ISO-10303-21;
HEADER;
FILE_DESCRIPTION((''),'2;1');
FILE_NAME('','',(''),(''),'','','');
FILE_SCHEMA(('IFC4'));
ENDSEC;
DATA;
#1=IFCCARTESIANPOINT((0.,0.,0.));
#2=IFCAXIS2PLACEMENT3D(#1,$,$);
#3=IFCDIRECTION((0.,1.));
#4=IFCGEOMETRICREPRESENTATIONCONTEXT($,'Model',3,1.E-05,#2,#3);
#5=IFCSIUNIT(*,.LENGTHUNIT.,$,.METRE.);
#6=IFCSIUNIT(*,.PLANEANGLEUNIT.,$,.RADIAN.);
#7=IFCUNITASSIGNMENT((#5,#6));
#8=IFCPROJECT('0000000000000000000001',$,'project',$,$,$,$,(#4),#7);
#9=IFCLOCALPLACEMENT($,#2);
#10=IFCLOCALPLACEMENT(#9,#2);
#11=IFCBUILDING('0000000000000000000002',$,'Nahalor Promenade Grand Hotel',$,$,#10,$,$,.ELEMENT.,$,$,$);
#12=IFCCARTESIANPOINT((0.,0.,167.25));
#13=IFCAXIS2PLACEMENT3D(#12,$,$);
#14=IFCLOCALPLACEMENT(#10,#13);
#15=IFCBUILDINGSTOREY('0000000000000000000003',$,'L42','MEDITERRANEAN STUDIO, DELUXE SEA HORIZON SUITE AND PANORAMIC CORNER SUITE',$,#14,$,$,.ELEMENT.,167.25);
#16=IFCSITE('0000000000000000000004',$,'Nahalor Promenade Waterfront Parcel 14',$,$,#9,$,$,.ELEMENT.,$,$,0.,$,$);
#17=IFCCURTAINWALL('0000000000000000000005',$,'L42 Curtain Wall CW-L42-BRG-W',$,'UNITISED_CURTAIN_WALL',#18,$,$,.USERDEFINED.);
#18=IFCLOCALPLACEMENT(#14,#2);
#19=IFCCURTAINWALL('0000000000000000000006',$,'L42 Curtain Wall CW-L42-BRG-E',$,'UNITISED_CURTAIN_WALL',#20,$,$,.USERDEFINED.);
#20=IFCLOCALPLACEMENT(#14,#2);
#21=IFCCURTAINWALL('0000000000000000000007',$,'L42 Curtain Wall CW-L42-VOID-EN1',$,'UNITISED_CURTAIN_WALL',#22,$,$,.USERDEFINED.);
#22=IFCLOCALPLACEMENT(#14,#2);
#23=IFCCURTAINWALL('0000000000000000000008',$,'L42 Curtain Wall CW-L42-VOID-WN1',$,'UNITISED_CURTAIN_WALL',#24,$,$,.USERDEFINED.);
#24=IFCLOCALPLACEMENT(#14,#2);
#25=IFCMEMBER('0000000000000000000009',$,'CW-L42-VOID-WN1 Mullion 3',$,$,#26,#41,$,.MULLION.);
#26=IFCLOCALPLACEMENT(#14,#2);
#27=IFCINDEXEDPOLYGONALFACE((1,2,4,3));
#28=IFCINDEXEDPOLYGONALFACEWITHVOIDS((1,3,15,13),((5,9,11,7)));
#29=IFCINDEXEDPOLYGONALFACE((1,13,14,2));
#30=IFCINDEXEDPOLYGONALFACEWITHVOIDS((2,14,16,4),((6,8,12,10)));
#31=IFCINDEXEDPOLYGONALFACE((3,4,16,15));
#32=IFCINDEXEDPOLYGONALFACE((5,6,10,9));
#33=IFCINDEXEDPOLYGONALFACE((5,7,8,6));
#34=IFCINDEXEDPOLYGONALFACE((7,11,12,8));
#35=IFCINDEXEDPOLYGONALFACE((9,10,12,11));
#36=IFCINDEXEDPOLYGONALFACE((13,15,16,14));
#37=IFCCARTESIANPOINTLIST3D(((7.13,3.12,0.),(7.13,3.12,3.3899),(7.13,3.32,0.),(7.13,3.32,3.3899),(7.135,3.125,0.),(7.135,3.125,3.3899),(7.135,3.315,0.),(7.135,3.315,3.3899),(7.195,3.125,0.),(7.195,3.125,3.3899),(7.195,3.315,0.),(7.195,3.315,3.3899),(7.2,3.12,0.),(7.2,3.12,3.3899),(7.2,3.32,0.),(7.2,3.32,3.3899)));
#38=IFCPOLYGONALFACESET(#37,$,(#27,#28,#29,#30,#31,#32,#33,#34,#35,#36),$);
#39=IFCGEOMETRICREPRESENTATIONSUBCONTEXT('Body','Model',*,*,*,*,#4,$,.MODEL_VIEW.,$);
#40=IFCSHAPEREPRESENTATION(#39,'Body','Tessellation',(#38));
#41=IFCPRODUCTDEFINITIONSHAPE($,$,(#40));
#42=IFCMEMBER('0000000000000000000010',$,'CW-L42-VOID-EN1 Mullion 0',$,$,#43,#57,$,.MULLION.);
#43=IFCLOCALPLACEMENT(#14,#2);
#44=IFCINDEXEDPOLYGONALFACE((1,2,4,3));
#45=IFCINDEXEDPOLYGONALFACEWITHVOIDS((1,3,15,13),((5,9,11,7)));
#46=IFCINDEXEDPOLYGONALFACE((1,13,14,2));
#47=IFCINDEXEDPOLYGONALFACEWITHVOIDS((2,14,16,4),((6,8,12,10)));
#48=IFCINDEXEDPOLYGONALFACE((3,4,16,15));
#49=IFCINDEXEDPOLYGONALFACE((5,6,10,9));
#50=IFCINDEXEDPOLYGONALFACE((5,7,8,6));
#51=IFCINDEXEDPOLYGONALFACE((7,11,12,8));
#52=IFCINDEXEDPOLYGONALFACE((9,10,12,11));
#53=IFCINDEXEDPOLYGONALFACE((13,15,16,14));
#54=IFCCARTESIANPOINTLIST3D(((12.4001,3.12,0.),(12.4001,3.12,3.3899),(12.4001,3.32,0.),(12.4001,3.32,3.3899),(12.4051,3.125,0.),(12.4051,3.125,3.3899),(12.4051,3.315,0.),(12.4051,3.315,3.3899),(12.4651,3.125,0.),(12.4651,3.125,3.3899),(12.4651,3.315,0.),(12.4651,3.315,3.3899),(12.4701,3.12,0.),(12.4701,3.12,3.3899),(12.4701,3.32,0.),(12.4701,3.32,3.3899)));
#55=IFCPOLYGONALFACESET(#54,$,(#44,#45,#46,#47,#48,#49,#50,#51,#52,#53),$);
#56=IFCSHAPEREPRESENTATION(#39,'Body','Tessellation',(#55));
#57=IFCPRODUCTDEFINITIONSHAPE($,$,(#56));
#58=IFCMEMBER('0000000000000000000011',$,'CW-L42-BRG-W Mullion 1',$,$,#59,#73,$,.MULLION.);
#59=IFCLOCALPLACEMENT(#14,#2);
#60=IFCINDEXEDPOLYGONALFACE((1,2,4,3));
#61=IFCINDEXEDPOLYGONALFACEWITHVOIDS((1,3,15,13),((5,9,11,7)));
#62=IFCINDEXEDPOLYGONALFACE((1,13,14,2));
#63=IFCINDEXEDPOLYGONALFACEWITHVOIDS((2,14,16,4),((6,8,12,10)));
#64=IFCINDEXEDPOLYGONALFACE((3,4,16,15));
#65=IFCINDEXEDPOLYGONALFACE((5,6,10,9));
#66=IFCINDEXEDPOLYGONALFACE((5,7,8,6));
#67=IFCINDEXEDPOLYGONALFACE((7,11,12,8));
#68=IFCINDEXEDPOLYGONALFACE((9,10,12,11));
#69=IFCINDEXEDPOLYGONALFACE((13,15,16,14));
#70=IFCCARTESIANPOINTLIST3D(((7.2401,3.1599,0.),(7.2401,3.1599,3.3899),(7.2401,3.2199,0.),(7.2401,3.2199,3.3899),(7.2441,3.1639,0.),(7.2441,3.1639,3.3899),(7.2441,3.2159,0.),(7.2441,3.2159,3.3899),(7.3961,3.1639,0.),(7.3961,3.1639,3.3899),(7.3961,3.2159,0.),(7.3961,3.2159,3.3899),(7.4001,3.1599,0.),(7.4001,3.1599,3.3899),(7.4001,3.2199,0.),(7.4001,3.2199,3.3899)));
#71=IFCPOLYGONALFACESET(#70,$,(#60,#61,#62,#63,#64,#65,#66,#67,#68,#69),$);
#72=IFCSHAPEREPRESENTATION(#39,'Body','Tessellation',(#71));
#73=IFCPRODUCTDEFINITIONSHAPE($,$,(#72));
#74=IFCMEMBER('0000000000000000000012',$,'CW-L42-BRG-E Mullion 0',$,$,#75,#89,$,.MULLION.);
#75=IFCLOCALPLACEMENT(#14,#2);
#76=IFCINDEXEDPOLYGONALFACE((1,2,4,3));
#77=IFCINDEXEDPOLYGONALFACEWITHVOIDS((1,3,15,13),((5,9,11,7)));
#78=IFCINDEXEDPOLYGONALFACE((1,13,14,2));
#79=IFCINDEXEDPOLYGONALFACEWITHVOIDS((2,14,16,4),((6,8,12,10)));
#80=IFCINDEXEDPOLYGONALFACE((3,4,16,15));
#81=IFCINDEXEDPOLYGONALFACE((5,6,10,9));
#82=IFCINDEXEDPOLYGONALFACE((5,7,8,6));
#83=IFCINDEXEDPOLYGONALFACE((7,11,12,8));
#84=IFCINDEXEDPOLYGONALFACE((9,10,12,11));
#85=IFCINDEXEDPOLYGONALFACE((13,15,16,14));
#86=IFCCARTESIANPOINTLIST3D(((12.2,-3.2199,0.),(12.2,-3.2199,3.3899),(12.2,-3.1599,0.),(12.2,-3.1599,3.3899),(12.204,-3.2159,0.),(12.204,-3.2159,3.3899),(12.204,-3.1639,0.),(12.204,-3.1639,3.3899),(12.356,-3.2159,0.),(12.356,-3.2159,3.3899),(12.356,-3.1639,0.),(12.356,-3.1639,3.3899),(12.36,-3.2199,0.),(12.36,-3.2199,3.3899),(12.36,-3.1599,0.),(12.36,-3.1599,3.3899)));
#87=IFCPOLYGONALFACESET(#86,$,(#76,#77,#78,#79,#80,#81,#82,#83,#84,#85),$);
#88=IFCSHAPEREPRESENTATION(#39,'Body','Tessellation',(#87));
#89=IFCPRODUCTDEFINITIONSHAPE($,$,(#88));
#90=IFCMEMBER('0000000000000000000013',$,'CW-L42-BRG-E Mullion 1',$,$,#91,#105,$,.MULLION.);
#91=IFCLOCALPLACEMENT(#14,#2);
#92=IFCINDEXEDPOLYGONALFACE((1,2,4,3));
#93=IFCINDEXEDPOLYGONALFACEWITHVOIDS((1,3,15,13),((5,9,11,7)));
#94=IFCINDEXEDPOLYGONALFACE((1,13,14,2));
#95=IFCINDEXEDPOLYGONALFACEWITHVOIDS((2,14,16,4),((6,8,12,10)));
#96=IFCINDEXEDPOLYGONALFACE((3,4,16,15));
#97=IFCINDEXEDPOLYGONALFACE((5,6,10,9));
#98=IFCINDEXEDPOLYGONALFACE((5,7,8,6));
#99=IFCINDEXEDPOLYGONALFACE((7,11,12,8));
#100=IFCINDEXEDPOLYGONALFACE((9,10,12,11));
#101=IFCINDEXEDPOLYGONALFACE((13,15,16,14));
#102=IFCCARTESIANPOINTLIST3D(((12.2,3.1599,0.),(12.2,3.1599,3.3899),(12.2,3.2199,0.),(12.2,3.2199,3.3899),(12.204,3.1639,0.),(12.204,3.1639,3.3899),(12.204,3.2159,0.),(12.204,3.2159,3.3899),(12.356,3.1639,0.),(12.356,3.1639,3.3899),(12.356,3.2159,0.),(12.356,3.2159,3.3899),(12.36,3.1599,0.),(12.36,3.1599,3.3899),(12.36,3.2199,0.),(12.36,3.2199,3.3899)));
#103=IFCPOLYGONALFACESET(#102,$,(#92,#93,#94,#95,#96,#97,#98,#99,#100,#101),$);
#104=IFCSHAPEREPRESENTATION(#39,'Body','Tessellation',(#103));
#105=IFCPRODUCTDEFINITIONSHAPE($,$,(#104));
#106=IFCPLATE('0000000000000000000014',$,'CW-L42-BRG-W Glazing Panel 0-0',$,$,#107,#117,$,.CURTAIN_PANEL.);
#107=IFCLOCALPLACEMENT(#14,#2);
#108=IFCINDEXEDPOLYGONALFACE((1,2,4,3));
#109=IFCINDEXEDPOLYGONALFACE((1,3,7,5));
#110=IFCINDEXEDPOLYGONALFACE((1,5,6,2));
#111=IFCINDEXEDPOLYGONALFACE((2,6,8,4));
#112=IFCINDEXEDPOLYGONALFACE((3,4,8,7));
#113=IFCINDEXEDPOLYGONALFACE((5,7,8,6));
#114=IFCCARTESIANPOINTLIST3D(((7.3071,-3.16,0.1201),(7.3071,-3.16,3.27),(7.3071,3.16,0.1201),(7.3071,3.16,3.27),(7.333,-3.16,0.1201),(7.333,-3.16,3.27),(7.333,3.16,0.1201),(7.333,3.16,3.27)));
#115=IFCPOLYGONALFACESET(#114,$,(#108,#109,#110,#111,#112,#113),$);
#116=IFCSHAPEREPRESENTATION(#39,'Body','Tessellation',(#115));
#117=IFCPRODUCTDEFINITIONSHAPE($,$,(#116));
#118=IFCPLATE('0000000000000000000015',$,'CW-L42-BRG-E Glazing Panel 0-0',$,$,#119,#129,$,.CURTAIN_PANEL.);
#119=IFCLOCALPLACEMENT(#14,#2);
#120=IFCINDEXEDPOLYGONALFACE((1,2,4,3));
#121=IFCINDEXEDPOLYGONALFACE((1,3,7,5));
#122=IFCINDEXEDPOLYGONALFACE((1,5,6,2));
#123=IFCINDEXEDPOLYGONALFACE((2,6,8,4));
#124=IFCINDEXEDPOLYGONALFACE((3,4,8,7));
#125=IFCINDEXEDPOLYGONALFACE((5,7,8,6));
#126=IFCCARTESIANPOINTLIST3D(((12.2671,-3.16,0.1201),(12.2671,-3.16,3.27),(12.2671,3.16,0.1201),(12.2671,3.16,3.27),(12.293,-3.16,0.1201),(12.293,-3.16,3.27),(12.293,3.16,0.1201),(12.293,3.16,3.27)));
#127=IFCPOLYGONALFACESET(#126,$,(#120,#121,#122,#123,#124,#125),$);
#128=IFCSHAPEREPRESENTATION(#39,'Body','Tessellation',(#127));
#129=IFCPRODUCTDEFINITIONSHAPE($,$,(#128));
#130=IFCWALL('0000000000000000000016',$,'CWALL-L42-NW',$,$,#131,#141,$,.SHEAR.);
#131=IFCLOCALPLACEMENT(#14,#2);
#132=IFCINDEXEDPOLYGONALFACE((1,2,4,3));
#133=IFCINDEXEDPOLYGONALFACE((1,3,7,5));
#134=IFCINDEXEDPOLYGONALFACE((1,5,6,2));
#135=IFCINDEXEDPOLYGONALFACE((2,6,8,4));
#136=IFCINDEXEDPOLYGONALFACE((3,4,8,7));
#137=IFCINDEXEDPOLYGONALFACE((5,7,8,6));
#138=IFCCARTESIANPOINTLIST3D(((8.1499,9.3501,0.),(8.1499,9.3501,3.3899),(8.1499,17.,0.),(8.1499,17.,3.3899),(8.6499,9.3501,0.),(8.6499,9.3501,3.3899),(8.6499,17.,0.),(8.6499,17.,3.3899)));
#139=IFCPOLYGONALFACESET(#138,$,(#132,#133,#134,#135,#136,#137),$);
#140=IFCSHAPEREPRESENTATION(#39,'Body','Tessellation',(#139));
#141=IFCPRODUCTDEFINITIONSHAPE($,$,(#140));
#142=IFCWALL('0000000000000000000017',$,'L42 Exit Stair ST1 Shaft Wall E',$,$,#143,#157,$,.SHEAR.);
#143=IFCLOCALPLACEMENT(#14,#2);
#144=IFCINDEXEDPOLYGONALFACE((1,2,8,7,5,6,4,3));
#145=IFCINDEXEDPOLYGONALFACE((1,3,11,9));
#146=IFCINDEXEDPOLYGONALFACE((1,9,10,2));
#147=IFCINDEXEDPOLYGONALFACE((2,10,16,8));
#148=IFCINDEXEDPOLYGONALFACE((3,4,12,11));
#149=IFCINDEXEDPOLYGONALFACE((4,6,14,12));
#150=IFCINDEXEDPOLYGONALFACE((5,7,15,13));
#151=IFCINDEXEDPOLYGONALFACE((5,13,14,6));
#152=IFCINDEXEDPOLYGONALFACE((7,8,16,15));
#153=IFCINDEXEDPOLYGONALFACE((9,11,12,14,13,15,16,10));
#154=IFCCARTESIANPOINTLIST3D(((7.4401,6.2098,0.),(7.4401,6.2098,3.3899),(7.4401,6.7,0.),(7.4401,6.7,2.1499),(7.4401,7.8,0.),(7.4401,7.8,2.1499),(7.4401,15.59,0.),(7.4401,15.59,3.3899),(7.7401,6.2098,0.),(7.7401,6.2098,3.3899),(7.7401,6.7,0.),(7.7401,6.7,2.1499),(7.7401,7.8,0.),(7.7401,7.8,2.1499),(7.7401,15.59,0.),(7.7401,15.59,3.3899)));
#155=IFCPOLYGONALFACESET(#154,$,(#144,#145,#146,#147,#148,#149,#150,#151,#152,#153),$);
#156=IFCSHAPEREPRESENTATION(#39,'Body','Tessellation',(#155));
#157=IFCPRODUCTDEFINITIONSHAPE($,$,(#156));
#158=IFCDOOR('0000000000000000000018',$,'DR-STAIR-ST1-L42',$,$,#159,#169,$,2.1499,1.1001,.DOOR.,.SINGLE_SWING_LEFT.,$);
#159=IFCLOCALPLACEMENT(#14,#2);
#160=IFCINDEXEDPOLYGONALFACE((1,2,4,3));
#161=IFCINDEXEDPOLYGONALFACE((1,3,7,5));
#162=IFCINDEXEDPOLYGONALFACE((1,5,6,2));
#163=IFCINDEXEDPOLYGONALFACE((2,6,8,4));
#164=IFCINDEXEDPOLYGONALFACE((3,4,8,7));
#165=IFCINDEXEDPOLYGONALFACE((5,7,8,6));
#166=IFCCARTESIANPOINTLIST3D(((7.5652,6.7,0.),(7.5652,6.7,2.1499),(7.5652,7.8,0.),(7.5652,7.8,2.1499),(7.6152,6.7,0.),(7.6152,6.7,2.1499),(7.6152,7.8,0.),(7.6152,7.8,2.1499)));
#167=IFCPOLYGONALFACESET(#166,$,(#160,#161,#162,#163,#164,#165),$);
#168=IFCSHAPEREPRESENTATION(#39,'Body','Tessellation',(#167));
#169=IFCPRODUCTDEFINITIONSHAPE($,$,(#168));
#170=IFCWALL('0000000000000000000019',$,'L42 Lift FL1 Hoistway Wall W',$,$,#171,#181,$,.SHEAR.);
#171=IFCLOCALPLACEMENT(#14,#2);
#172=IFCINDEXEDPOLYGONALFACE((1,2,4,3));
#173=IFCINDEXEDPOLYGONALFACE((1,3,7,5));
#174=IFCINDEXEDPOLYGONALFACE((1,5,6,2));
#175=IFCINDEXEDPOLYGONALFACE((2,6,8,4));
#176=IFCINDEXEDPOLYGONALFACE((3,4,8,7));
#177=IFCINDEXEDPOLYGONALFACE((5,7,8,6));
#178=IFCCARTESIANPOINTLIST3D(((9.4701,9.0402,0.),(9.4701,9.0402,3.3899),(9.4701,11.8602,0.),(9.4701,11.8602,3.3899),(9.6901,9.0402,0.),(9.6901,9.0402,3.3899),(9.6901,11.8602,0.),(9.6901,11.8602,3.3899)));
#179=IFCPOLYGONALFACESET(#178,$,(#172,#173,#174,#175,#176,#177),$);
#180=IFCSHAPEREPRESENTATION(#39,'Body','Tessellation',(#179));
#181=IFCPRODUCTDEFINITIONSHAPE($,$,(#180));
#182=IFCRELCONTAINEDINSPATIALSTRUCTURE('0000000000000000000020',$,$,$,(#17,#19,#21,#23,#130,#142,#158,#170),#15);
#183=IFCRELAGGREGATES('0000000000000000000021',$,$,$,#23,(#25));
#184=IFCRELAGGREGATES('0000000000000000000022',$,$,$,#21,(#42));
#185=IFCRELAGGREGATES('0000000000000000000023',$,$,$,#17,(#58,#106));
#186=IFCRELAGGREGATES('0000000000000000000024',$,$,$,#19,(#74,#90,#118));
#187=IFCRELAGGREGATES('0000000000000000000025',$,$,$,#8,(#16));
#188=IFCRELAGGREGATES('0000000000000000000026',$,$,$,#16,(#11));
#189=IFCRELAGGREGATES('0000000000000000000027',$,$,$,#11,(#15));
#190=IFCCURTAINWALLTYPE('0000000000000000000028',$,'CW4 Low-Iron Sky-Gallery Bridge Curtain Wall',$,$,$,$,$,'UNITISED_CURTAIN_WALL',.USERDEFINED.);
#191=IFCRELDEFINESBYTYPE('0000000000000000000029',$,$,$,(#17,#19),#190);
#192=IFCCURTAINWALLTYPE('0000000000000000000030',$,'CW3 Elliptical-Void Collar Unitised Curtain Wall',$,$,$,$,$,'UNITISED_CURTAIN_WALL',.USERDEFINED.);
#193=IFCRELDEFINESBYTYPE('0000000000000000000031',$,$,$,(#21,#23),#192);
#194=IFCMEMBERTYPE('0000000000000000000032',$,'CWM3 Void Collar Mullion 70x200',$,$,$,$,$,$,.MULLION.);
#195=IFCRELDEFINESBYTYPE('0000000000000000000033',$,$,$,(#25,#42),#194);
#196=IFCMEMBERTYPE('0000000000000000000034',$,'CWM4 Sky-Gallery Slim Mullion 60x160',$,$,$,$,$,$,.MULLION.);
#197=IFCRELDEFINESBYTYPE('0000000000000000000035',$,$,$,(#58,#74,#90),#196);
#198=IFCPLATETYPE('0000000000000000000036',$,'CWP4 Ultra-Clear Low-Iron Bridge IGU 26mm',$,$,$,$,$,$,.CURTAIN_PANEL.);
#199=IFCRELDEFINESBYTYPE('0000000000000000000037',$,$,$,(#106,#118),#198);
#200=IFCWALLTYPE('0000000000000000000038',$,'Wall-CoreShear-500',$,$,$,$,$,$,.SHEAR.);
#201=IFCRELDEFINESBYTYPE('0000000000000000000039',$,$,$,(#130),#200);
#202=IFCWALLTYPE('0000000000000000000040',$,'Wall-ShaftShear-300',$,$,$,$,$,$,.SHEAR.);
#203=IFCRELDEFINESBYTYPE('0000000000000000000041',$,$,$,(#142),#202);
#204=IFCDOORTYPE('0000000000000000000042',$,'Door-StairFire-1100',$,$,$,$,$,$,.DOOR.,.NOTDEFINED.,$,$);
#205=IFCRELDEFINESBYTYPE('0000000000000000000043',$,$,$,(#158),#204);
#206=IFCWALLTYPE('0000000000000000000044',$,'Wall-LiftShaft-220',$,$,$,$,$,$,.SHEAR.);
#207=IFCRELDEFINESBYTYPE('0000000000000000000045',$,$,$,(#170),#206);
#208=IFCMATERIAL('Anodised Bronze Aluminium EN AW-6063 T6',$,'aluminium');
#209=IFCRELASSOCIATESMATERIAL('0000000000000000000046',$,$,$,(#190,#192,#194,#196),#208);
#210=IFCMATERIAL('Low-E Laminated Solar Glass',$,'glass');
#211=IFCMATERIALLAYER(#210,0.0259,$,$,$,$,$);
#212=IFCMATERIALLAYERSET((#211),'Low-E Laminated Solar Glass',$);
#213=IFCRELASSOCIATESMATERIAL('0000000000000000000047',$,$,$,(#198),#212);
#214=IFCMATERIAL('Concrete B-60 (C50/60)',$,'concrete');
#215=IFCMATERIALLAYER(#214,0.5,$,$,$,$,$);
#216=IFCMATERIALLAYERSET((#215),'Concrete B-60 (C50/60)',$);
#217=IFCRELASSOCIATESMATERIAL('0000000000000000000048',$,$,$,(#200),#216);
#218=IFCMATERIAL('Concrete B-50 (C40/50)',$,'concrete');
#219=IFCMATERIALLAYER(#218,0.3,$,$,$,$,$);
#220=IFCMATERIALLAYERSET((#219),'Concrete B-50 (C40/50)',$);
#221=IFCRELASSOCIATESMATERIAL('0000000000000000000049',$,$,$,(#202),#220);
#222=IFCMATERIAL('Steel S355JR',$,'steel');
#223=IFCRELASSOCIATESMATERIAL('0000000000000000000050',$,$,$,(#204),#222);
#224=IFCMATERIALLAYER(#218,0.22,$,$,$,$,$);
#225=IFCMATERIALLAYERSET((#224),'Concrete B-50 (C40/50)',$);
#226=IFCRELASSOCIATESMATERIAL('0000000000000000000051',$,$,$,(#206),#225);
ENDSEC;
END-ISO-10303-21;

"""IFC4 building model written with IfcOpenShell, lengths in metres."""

from ifc_helpers import new_model, si_unit, direction, frame, frame_2d, origin, origin_2d, place, context, subcontext, project, spatial, rectangle, hollow_rectangle, extrude, source, transform, mapped, material, layer, layer_set, material_profile, profile_set, type_object, element, fill, aggregate, save


model = new_model("IFC4")

# Units and contexts
model_context = context("Model", 3, precision=1e-05, world=origin(), true_north=direction((0.0, 1.0)))
body_context = subcontext(model_context, "Body", "Model", "MODEL_VIEW")
ifc_project = project(units=[si_unit("LENGTHUNIT", "METRE"), si_unit("PLANEANGLEUNIT", "RADIAN")], contexts=[model_context])

# Site, building, storey
site_placement = place(None, origin())
site = spatial("IfcSite", under=ifc_project, at=site_placement, Name="Nahalor Promenade Waterfront Parcel 14", CompositionType="ELEMENT", RefElevation=0.0)
building_placement = place(site_placement, origin())
building = spatial("IfcBuilding", under=site, at=building_placement, Name="Nahalor Promenade Grand Hotel", CompositionType="ELEMENT")
storey_placement = place(building_placement, frame((0.0, 0.0, 167.25)))
storey = spatial("IfcBuildingStorey", under=building, at=storey_placement, Name="L42", Description="MEDITERRANEAN STUDIO, DELUXE SEA HORIZON SUITE AND PANORAMIC CORNER SUITE", CompositionType="ELEMENT", Elevation=167.25)

# Shared definitions
ifc_material_1 = material(Name="Steel S355JR", Category="steel")

# Curtain walls
ifc_material_2 = material(Name="Anodised Bronze Aluminium EN AW-6063 T6", Category="aluminium")
curtain_wall_type_1 = type_object("IfcCurtainWallType", Name="CW4 Low-Iron Sky-Gallery Bridge Curtain Wall", ElementType="UNITISED_CURTAIN_WALL", PredefinedType="USERDEFINED", material=ifc_material_2)
curtain_wall_1_placement = place(storey_placement, origin())
curtain_wall_1 = element("IfcCurtainWall", 1, at=curtain_wall_1_placement, inside=storey, type_object=curtain_wall_type_1, Name="L42 Curtain Wall CW-L42-BRG-W", ObjectType="UNITISED_CURTAIN_WALL", PredefinedType="USERDEFINED")
curtain_wall_2_placement = place(storey_placement, origin())
curtain_wall_2 = element("IfcCurtainWall", 2, at=curtain_wall_2_placement, inside=storey, type_object=curtain_wall_type_1, Name="L42 Curtain Wall CW-L42-BRG-E", ObjectType="UNITISED_CURTAIN_WALL", PredefinedType="USERDEFINED")
curtain_wall_type_2 = type_object("IfcCurtainWallType", Name="CW3 Elliptical-Void Collar Unitised Curtain Wall", ElementType="UNITISED_CURTAIN_WALL", PredefinedType="USERDEFINED", material=ifc_material_2)
curtain_wall_3_placement = place(storey_placement, origin())
curtain_wall_3 = element("IfcCurtainWall", 3, at=curtain_wall_3_placement, inside=storey, type_object=curtain_wall_type_2, Name="L42 Curtain Wall CW-L42-VOID-EN1", ObjectType="UNITISED_CURTAIN_WALL", PredefinedType="USERDEFINED")

# Curtain wall, member
curtain_wall_4_placement = place(storey_placement, origin())
curtain_wall_4 = element("IfcCurtainWall", 4, at=curtain_wall_4_placement, inside=storey, type_object=curtain_wall_type_2, Name="L42 Curtain Wall CW-L42-VOID-WN1", ObjectType="UNITISED_CURTAIN_WALL", PredefinedType="USERDEFINED")
ifc_material_profile_1 = material_profile(ifc_material_2, hollow_rectangle(XDim=0.07, YDim=0.2, WallThickness=0.005, at=origin_2d()), Name="CWM 70x200x5")
ifc_profile_set_1 = profile_set([ifc_material_profile_1], Name="Anodised Bronze Aluminium EN AW-6063 T6")
member_type_1 = type_object("IfcMemberType", Name="CWM3 Void Collar Mullion 70x200", PredefinedType="MULLION", material=ifc_profile_set_1)
shared_shape_1 = source(origin(), body_context, "Body", "SweptSolid", [
    extrude(hollow_rectangle(XDim=0.07, YDim=0.2, WallThickness=0.005, at=origin_2d()), origin(), (0.0, 0.0, 1.0), 3.3899),
])
member_1_placement = place(storey_placement, frame((7.165, 3.22, 0.0), z_axis=(0.0, 0.0, 1.0), x_axis=(1.0, 0.0, 0.0)))
member_1 = element("IfcMember", 5, at=member_1_placement, type_object=member_type_1, Name="CW-L42-VOID-WN1 Mullion 3", PredefinedType="MULLION", context=body_context, shape_type="MappedRepresentation", body=[
    mapped(shared_shape_1, transform((0.0, 0.0, 0.0), scale=1.0)),
])
aggregate(curtain_wall_4, [member_1])

# Members
member_2_placement = place(storey_placement, frame((12.4351, 3.22, 0.0), z_axis=(0.0, 0.0, 1.0), x_axis=(1.0, 0.0, 0.0)))
member_2 = element("IfcMember", 6, at=member_2_placement, type_object=member_type_1, Name="CW-L42-VOID-EN1 Mullion 0", PredefinedType="MULLION", context=body_context, shape_type="MappedRepresentation", body=[
    mapped(shared_shape_1, transform((0.0, 0.0, 0.0), scale=1.0)),
])
aggregate(curtain_wall_3, [member_2])
ifc_material_profile_2 = material_profile(ifc_material_2, hollow_rectangle(XDim=0.06, YDim=0.16, WallThickness=0.004, at=origin_2d()), Name="CWM 60x160x4")
ifc_profile_set_2 = profile_set([ifc_material_profile_2], Name="Anodised Bronze Aluminium EN AW-6063 T6")
member_type_2 = type_object("IfcMemberType", Name="CWM4 Sky-Gallery Slim Mullion 60x160", PredefinedType="MULLION", material=ifc_profile_set_2)
shared_shape_2 = source(origin(), body_context, "Body", "SweptSolid", [
    extrude(hollow_rectangle(XDim=0.06, YDim=0.16, WallThickness=0.004, at=origin_2d()), origin(), (0.0, 0.0, 1.0), 3.3899),
])
member_3_placement = place(storey_placement, frame((7.3201, 3.1899, 0.0), z_axis=(0.0, 0.0, 1.0), x_axis=(0.0, 1.0, 0.0)))
member_3 = element("IfcMember", 7, at=member_3_placement, type_object=member_type_2, Name="CW-L42-BRG-W Mullion 1", PredefinedType="MULLION", context=body_context, shape_type="MappedRepresentation", body=[
    mapped(shared_shape_2, transform((0.0, 0.0, 0.0), scale=1.0)),
])
member_4_placement = place(storey_placement, frame((12.28, -3.1899, 0.0), z_axis=(0.0, 0.0, 1.0), x_axis=(0.0, 1.0, 0.0)))
member_4 = element("IfcMember", 8, at=member_4_placement, type_object=member_type_2, Name="CW-L42-BRG-E Mullion 0", PredefinedType="MULLION", context=body_context, shape_type="MappedRepresentation", body=[
    mapped(shared_shape_2, transform((0.0, 0.0, 0.0), scale=1.0)),
])
member_5_placement = place(storey_placement, frame((12.28, 3.1899, 0.0), z_axis=(0.0, 0.0, 1.0), x_axis=(0.0, 1.0, 0.0)))
member_5 = element("IfcMember", 9, at=member_5_placement, type_object=member_type_2, Name="CW-L42-BRG-E Mullion 1", PredefinedType="MULLION", context=body_context, shape_type="MappedRepresentation", body=[
    mapped(shared_shape_2, transform((0.0, 0.0, 0.0), scale=1.0)),
])

# Plates
ifc_material_3 = material(Name="Low-E Laminated Solar Glass", Category="glass")
ifc_layer_1 = layer(ifc_material_3, 0.0259)
ifc_layer_set_1 = layer_set([ifc_layer_1], Name="Low-E Laminated Solar Glass")
plate_type = type_object("IfcPlateType", Name="CWP4 Ultra-Clear Low-Iron Bridge IGU 26mm", PredefinedType="CURTAIN_PANEL", material=ifc_layer_set_1)
shared_shape_3 = source(origin(), body_context, "Body", "SweptSolid", [
    extrude(rectangle(XDim=6.3201, YDim=0.0259, at=origin_2d()), origin(), (0.0, 0.0, 1.0), 3.1499),
])
plate_1_placement = place(storey_placement, frame((7.3201, 0.0, 0.1201), z_axis=(0.0, 0.0, 1.0), x_axis=(0.0, 1.0, 0.0)))
plate_1 = element("IfcPlate", 10, at=plate_1_placement, type_object=plate_type, Name="CW-L42-BRG-W Glazing Panel 0-0", PredefinedType="CURTAIN_PANEL", context=body_context, shape_type="MappedRepresentation", body=[
    mapped(shared_shape_3, transform((0.0, 0.0, 0.0), scale=1.0)),
])
aggregate(curtain_wall_1, [member_3, plate_1])
plate_2_placement = place(storey_placement, frame((12.28, 0.0, 0.1201), z_axis=(0.0, 0.0, 1.0), x_axis=(0.0, 1.0, 0.0)))
plate_2 = element("IfcPlate", 11, at=plate_2_placement, type_object=plate_type, Name="CW-L42-BRG-E Glazing Panel 0-0", PredefinedType="CURTAIN_PANEL", context=body_context, shape_type="MappedRepresentation", body=[
    mapped(shared_shape_3, transform((0.0, 0.0, 0.0), scale=1.0)),
])
aggregate(curtain_wall_2, [member_4, member_5, plate_2])

# Wall
ifc_material_4 = material(Name="Concrete B-60 (C50/60)", Category="concrete")
ifc_layer_2 = layer(ifc_material_4, 0.5)
ifc_layer_set_2 = layer_set([ifc_layer_2], Name="Concrete B-60 (C50/60)")
wall_type_1 = type_object("IfcWallType", Name="Wall-CoreShear-500", PredefinedType="SHEAR", material=ifc_layer_set_2)
shared_shape_4 = source(origin(), body_context, "Body", "SweptSolid", [
    extrude(rectangle(XDim=7.6499, YDim=0.5, at=frame_2d((3.825, 0.0))), origin(), (0.0, 0.0, 1.0), 3.3899),
])
wall_1_placement = place(storey_placement, frame((8.3999, 9.3501, 0.0), z_axis=(0.0, 0.0, 1.0), x_axis=(0.0, 1.0, 0.0)))
element("IfcWall", 12, at=wall_1_placement, inside=storey, type_object=wall_type_1, Name="CWALL-L42-NW", PredefinedType="SHEAR", context=body_context, shape_type="MappedRepresentation", body=[
    mapped(shared_shape_4, transform((0.0, 0.0, 0.0), scale=1.0)),
])

# Wall, opening, door
ifc_material_5 = material(Name="Concrete B-50 (C40/50)", Category="concrete")
ifc_layer_3 = layer(ifc_material_5, 0.3)
ifc_layer_set_3 = layer_set([ifc_layer_3], Name="Concrete B-50 (C40/50)")
wall_type_2 = type_object("IfcWallType", Name="Wall-ShaftShear-300", PredefinedType="SHEAR", material=ifc_layer_set_3)
shared_shape_5 = source(origin(), body_context, "Body", "SweptSolid", [
    extrude(rectangle(XDim=9.3801, YDim=0.3, at=frame_2d((4.6899, 0.0))), origin(), (0.0, 0.0, 1.0), 3.3899),
])
wall_2_placement = place(storey_placement, frame((7.5901, 6.21, 0.0), z_axis=(0.0, 0.0, 1.0), x_axis=(0.0, 1.0, 0.0)))
wall_2 = element("IfcWall", 13, at=wall_2_placement, inside=storey, type_object=wall_type_2, Name="L42 Exit Stair ST1 Shaft Wall E", PredefinedType="SHEAR", context=body_context, shape_type="MappedRepresentation", body=[
    mapped(shared_shape_5, transform((0.0, 0.0, 0.0), scale=1.0)),
])
opening_1_placement = place(wall_2_placement, frame((0.49, 0.0, 0.0)))
opening_1 = element("IfcOpeningElement", 14, at=opening_1_placement, cuts=wall_2, PredefinedType="OPENING", context=body_context, shape_type="SweptSolid", body=[
    extrude(rectangle(XDim=1.1001, YDim=2.1499, at=frame_2d((0.55, 1.075))), frame((0.0, 0.1599, 0.0), z_axis=(0.0, -1.0, 0.0), x_axis=(1.0, 0.0, 0.0)), (0.0, 0.0, 1.0), 0.3201),
])
door_type_1 = type_object("IfcDoorType", Name="Door-StairFire-1100", OperationType="NOTDEFINED", PredefinedType="DOOR", material=ifc_material_1)
shared_shape_6 = source(origin(), body_context, "Body", "SweptSolid", [
    extrude(rectangle(XDim=1.1001, YDim=2.1499, at=frame_2d((0.55, 1.075))), frame((0.0, 0.0249, 0.0), z_axis=(0.0, -1.0, 0.0), x_axis=(1.0, 0.0, 0.0)), (0.0, 0.0, 1.0), 0.05),
])
door_1_placement = place(opening_1_placement, origin())
door_1 = element("IfcDoor", 15, at=door_1_placement, inside=storey, type_object=door_type_1, Name="DR-STAIR-ST1-L42", OperationType="SINGLE_SWING_LEFT", OverallHeight=2.1499, OverallWidth=1.1001, PredefinedType="DOOR", context=body_context, shape_type="MappedRepresentation", body=[
    mapped(shared_shape_6, transform((0.0, 0.0, 0.0), scale=1.0)),
])
fill(opening_1, door_1)

# Wall
ifc_layer_4 = layer(ifc_material_5, 0.22)
ifc_layer_set_4 = layer_set([ifc_layer_4], Name="Concrete B-50 (C40/50)")
wall_type_3 = type_object("IfcWallType", Name="Wall-LiftShaft-220", PredefinedType="SHEAR", material=ifc_layer_set_4)
shared_shape_7 = source(origin(), body_context, "Body", "SweptSolid", [
    extrude(rectangle(XDim=2.8201, YDim=0.22, at=frame_2d((1.4102, 0.0))), origin(), (0.0, 0.0, 1.0), 3.3899),
])
for number, where, z_axis, x_axis, name in (
    (16, (9.5801, 9.04, 0.0), (0.0, 0.0, 1.0), (0.0, 1.0, 0.0), "L42 Lift FL1 Hoistway Wall W"),
):
    element("IfcWall", number, at=place(storey_placement, frame(where, z_axis=z_axis, x_axis=x_axis)), inside=storey, type_object=wall_type_3, Name=name, PredefinedType="SHEAR", context=body_context, shape_type="MappedRepresentation", body=[
        mapped(shared_shape_7, transform((0.0, 0.0, 0.0), scale=1.0)),
    ])

save(model, "model.ifc")
